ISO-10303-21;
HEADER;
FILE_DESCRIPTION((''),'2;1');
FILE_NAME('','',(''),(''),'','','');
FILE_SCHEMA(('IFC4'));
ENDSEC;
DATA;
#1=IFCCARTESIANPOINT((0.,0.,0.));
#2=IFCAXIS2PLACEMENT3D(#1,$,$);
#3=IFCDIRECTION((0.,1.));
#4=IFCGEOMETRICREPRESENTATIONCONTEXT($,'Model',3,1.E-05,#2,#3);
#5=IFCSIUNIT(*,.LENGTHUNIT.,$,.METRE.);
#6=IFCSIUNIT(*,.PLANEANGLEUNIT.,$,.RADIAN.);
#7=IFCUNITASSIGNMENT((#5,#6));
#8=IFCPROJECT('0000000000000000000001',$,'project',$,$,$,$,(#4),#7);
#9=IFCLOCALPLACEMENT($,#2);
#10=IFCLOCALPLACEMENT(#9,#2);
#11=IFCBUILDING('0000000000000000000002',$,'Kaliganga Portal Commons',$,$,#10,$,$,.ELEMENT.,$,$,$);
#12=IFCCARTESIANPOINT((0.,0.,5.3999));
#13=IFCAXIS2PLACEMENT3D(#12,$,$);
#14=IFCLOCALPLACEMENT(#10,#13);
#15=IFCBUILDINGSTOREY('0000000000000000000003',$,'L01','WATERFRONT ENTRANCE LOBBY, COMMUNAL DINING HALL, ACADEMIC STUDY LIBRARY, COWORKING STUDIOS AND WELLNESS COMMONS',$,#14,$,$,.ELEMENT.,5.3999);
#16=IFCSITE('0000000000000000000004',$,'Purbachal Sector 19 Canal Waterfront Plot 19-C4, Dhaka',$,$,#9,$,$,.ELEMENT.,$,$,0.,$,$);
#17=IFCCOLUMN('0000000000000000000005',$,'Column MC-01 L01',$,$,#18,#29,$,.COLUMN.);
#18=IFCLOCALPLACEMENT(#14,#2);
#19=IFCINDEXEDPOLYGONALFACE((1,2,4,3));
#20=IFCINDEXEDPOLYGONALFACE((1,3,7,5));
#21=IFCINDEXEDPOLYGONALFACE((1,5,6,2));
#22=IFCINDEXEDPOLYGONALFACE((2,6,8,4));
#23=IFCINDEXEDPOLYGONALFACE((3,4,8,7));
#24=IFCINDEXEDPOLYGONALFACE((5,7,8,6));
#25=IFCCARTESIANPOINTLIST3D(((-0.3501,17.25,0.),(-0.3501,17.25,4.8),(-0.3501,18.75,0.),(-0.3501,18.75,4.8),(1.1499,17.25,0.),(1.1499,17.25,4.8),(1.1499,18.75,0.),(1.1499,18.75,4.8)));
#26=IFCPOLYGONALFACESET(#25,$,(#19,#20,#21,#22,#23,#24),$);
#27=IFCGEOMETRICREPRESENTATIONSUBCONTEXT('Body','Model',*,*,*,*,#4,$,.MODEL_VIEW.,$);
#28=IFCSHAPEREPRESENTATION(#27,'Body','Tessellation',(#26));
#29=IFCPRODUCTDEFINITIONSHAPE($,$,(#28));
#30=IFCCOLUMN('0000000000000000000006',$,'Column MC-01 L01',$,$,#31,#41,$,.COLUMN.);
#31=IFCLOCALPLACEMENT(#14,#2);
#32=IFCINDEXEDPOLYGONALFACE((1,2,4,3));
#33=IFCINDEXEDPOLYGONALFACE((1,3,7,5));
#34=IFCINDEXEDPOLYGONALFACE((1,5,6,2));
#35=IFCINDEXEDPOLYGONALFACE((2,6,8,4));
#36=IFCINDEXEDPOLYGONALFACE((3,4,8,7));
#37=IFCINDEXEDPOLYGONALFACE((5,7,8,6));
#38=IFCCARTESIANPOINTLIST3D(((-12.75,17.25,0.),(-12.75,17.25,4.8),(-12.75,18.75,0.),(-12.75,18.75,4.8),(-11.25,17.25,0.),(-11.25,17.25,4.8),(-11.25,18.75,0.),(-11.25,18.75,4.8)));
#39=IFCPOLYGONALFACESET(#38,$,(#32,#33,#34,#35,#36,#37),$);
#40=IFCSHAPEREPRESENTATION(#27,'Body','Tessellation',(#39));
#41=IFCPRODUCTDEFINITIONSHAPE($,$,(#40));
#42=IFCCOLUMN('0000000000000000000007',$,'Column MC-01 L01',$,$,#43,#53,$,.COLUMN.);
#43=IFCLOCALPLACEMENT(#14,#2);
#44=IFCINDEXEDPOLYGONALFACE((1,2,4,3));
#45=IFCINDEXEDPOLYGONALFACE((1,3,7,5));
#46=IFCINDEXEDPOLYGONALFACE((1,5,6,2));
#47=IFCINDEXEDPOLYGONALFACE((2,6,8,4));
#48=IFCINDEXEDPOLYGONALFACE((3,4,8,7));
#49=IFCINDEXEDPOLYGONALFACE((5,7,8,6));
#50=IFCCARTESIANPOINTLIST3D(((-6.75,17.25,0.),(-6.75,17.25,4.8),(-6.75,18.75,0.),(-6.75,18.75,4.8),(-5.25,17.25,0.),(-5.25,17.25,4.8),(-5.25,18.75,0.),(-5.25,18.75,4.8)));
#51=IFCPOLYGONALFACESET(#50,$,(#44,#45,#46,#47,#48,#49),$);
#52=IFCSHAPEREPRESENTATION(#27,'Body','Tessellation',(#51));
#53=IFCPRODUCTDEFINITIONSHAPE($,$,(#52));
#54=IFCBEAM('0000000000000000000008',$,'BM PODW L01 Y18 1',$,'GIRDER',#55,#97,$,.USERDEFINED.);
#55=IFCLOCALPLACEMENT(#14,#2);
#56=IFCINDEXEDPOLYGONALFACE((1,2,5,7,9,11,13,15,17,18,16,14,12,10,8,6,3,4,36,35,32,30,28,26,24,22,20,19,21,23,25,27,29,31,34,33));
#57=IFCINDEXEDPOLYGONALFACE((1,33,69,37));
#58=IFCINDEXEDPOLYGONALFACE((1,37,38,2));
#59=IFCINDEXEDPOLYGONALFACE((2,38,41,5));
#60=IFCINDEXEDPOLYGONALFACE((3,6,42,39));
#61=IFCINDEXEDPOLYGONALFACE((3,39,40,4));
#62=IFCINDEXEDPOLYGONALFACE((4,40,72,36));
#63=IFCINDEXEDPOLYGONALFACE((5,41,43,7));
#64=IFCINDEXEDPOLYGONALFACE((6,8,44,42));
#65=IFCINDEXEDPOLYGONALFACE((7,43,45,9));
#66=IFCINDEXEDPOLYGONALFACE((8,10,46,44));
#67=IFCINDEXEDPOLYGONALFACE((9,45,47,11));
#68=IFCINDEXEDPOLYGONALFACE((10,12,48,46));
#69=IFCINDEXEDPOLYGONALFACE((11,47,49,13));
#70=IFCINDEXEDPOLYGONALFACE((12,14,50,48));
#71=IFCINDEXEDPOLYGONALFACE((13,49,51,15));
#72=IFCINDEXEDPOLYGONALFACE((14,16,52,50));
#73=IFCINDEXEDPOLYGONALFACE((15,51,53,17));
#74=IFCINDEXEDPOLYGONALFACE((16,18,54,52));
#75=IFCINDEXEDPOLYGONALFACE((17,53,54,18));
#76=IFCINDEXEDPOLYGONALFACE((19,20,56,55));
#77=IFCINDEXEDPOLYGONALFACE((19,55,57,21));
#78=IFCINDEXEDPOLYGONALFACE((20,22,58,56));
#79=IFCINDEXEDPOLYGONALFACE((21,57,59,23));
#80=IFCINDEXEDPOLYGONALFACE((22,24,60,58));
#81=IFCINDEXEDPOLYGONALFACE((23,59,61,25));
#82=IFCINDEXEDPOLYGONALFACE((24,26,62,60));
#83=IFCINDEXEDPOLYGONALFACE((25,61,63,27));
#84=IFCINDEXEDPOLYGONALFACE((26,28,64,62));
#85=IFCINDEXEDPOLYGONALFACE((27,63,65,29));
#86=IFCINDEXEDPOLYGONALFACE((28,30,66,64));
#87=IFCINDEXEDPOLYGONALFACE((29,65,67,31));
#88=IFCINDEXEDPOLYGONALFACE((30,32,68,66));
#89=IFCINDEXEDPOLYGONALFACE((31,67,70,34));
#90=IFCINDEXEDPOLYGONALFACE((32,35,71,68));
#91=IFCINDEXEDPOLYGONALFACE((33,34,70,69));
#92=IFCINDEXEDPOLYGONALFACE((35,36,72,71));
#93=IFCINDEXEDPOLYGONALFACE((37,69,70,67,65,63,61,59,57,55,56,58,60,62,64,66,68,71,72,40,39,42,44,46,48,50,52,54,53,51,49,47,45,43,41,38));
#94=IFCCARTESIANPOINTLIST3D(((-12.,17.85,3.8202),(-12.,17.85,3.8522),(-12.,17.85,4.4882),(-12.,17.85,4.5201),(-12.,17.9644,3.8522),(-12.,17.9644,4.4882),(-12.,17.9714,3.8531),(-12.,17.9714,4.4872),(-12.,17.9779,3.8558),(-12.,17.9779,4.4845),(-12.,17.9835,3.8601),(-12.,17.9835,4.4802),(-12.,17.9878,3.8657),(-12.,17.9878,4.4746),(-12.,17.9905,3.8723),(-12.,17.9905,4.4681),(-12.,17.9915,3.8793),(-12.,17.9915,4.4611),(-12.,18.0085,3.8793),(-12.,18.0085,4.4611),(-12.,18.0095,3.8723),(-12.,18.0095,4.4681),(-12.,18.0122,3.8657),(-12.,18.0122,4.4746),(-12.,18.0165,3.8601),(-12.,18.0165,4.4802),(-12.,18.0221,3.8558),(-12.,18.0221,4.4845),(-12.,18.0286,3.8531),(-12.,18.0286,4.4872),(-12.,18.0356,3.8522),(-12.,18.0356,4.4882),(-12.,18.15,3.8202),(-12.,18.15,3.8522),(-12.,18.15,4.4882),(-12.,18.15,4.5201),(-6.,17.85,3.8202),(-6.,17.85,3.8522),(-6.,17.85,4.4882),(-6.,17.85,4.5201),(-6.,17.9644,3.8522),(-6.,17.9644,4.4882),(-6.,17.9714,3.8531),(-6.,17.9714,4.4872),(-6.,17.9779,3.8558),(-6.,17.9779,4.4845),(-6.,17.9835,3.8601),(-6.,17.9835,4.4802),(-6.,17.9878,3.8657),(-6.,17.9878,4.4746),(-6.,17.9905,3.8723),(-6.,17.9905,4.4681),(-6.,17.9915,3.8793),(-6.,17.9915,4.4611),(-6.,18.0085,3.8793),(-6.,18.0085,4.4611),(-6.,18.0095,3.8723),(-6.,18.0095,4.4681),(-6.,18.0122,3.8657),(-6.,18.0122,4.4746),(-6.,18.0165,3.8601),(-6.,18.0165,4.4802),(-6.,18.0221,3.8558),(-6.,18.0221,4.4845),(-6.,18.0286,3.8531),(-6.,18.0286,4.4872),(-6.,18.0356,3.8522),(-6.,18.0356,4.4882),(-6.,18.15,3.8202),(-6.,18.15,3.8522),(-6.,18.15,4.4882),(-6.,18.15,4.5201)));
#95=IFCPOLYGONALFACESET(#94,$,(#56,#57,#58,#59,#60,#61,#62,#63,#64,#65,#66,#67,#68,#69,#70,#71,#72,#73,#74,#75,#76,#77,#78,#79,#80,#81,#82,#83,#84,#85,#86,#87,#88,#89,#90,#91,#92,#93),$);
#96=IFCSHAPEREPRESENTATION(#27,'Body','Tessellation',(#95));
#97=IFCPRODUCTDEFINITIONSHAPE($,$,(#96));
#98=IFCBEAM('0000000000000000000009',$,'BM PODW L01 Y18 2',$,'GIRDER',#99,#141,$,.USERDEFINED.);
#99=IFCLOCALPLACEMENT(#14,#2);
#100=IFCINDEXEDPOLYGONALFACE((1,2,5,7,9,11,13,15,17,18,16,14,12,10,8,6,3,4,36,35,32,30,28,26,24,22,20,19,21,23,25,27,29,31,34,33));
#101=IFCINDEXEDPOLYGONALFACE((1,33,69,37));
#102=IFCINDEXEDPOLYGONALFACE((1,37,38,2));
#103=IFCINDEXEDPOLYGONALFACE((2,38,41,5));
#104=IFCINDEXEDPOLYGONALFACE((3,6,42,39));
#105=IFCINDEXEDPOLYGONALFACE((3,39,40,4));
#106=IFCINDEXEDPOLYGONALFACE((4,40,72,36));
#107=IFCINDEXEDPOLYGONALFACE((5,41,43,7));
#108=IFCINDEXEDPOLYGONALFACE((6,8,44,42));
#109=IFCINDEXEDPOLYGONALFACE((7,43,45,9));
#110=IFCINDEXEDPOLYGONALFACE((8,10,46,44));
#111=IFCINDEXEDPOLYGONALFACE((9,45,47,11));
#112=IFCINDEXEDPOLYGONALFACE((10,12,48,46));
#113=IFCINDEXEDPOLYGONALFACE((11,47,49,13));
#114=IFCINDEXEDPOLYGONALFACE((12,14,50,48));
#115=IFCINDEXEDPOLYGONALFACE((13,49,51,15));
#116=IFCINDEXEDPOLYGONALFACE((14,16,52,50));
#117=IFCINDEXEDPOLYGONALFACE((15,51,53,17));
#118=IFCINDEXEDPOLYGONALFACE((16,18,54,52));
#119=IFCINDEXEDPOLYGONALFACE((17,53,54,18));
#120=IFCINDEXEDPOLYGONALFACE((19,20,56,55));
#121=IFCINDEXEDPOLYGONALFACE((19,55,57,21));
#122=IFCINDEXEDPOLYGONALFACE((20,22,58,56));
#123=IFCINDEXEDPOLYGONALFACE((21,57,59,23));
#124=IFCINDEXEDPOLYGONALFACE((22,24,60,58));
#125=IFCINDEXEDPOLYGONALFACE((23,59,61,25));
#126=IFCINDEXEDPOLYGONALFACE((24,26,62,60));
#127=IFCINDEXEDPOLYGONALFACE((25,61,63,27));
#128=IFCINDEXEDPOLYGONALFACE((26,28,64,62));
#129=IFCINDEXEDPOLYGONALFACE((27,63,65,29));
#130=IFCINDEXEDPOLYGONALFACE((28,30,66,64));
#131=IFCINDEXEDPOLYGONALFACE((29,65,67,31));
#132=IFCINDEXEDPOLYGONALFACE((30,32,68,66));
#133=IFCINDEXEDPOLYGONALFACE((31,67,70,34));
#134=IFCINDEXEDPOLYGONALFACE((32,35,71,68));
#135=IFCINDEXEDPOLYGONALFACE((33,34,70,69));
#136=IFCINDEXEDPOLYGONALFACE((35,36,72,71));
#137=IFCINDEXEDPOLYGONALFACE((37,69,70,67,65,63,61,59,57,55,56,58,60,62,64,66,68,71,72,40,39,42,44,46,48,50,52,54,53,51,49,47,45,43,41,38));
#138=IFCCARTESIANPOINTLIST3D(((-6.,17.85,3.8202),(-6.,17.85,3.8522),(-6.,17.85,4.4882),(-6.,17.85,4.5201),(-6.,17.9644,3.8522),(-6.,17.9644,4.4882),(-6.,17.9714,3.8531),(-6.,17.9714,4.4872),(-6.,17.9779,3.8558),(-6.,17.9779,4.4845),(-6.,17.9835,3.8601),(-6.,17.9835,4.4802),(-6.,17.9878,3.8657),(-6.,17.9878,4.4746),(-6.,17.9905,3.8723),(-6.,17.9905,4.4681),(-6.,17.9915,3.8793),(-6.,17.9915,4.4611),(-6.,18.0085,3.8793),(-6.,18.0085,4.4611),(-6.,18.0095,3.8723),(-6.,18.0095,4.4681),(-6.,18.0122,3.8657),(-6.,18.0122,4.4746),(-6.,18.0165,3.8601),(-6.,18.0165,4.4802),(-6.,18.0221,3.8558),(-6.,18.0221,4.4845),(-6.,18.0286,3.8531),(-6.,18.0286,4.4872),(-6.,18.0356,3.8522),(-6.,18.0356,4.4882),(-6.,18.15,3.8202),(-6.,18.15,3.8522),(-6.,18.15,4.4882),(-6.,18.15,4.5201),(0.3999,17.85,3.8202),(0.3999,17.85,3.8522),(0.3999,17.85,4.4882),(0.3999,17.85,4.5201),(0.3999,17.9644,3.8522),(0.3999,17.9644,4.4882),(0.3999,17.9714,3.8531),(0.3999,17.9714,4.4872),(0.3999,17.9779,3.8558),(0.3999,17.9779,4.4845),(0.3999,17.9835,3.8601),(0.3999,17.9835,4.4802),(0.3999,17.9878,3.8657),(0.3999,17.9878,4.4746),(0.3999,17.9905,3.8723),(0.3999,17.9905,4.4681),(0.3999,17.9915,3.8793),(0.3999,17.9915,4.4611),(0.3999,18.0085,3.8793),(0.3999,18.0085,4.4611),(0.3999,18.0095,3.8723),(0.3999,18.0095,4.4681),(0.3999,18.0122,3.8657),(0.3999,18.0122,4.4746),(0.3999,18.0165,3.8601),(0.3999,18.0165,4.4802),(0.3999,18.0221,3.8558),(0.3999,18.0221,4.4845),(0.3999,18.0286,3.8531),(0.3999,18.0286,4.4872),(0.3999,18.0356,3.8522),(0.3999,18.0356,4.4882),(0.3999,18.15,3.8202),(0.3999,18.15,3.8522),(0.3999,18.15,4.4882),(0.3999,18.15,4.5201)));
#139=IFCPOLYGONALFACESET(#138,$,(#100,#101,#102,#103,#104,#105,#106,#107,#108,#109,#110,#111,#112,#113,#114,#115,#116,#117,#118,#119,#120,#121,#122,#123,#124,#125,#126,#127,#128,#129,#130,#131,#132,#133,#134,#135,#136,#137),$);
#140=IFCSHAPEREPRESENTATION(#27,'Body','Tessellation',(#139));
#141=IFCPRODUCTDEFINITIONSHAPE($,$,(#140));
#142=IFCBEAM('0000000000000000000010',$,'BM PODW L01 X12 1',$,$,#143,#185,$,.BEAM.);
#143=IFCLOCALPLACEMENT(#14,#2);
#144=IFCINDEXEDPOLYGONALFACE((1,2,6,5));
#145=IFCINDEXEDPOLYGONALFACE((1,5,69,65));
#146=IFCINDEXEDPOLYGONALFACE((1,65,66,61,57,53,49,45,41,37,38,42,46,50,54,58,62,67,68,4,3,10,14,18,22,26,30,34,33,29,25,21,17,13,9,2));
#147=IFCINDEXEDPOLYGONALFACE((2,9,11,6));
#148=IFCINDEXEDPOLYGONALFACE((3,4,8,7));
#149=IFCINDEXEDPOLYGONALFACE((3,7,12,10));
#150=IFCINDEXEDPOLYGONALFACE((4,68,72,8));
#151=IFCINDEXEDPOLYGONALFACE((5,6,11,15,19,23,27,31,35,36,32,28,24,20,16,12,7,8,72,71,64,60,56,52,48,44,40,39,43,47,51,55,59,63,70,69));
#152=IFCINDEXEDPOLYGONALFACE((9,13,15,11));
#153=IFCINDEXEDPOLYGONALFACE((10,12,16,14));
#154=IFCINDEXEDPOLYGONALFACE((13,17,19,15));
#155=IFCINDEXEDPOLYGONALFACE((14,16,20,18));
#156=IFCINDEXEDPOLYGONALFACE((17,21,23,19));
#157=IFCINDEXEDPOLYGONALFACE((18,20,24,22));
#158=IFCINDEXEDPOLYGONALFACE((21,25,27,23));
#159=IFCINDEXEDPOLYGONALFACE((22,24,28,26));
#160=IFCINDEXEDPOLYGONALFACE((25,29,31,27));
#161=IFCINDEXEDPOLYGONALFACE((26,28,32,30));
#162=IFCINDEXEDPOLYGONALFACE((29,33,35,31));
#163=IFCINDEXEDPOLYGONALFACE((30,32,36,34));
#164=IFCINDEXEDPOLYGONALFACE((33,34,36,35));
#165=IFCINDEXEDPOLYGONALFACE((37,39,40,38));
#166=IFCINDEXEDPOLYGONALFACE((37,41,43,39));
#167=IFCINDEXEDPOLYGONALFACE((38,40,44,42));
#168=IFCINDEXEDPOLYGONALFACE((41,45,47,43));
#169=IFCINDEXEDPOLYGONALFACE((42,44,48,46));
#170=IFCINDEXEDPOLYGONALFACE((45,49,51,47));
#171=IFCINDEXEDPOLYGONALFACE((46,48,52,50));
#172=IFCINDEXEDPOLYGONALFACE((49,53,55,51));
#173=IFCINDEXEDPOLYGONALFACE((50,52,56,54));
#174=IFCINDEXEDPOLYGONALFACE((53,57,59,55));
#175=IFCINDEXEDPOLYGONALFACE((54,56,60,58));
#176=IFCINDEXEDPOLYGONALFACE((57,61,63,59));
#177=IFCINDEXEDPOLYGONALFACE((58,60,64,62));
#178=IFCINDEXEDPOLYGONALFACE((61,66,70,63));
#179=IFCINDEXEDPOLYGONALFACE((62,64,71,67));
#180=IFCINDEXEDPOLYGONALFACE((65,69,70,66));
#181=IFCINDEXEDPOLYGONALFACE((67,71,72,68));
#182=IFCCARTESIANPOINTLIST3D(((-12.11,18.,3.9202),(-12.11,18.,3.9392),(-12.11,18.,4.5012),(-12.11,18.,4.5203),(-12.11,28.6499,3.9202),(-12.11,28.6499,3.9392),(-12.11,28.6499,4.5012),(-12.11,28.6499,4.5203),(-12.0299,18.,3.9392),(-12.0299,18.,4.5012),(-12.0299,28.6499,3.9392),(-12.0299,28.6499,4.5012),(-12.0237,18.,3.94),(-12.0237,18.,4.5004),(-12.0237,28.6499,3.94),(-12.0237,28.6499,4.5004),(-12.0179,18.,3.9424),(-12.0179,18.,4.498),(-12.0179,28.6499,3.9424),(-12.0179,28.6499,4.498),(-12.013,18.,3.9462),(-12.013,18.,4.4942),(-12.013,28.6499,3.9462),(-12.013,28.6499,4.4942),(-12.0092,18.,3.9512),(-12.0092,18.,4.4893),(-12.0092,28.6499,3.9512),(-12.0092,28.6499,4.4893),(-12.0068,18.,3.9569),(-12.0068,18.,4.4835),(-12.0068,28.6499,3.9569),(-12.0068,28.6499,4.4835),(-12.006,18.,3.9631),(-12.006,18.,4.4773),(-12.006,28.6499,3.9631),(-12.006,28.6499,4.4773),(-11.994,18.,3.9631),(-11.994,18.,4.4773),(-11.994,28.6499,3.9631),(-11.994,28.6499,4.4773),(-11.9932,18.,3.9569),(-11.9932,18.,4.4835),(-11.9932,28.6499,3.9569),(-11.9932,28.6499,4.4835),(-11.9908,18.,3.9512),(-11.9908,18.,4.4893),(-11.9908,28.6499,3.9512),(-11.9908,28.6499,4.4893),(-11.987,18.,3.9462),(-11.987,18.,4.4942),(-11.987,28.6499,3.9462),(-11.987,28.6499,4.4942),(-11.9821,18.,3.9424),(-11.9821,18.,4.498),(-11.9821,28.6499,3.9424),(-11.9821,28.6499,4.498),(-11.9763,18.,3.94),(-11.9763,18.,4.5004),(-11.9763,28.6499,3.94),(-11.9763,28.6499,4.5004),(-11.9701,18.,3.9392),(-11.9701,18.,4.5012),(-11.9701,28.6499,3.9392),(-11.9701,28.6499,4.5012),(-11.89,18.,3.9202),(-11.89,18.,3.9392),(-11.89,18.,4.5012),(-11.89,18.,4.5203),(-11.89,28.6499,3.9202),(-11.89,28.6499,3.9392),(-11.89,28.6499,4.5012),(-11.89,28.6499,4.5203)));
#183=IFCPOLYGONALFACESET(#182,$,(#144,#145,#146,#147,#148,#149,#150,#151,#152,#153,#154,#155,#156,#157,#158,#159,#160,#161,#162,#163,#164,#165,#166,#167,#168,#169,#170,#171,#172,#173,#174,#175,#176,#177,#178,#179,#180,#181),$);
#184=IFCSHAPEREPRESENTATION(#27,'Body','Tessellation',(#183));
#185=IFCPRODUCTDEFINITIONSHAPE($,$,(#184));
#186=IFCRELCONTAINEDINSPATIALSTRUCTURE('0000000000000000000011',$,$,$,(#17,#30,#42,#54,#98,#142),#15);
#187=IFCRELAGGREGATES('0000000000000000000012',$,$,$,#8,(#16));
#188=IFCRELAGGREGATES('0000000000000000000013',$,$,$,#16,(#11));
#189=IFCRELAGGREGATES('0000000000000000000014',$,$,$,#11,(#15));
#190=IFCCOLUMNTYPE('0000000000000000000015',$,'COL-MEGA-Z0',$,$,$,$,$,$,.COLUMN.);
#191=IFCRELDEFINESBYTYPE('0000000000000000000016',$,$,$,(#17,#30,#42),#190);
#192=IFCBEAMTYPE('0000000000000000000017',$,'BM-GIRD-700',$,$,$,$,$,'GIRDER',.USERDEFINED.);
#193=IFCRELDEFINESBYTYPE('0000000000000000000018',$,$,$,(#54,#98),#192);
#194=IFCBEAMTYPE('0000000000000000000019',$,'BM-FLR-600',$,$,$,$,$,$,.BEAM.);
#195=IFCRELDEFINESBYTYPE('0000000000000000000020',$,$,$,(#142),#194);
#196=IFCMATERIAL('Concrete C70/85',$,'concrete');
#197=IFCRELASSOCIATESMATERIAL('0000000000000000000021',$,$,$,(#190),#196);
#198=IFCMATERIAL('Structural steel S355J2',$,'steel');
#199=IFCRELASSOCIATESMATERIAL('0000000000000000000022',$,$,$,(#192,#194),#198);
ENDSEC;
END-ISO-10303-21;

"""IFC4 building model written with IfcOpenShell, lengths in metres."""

from ifc_helpers import new_model, si_unit, direction, frame, origin, origin_2d, place, context, subcontext, project, spatial, rectangle, i_section, extrude, source, transform, mapped, material, material_profile, profile_set, type_object, element, save


model = new_model("IFC4")

# Units and contexts
model_context = context("Model", 3, precision=1e-05, world=origin(), true_north=direction((0.0, 1.0)))
body_context = subcontext(model_context, "Body", "Model", "MODEL_VIEW")
ifc_project = project(units=[si_unit("LENGTHUNIT", "METRE"), si_unit("PLANEANGLEUNIT", "RADIAN")], contexts=[model_context])

# Site, building, storey
site_placement = place(None, origin())
site = spatial("IfcSite", under=ifc_project, at=site_placement, Name="Purbachal Sector 19 Canal Waterfront Plot 19-C4, Dhaka", CompositionType="ELEMENT", RefElevation=0.0)
building_placement = place(site_placement, origin())
building = spatial("IfcBuilding", under=site, at=building_placement, Name="Kaliganga Portal Commons", CompositionType="ELEMENT")
storey_placement = place(building_placement, frame((0.0, 0.0, 5.3999)))
storey = spatial("IfcBuildingStorey", under=building, at=storey_placement, Name="L01", Description="WATERFRONT ENTRANCE LOBBY, COMMUNAL DINING HALL, ACADEMIC STUDY LIBRARY, COWORKING STUDIOS AND WELLNESS COMMONS", CompositionType="ELEMENT", Elevation=5.3999)

# Columns
ifc_material_1 = material(Name="Concrete C70/85", Category="concrete")
ifc_material_profile_1 = material_profile(ifc_material_1, rectangle(XDim=1.5, YDim=1.5, at=origin_2d()), Name="RC 1500x1500")
ifc_profile_set_1 = profile_set([ifc_material_profile_1], Name="Concrete C70/85")
column_type = type_object("IfcColumnType", Name="COL-MEGA-Z0", PredefinedType="COLUMN", material=ifc_profile_set_1)
shared_shape_1 = source(origin(), body_context, "Body", "SweptSolid", [
    extrude(rectangle(XDim=1.5, YDim=1.5, at=origin_2d()), origin(), (0.0, 0.0, 1.0), 4.8),
])
for number, where, z_axis, x_axis, name in (
    (1, (0.3999, 18.0, 0.0), (0.0, 0.0, 1.0), (1.0, 0.0, 0.0), "Column MC-01 L01"),
    (2, (-12.0, 18.0, 0.0), (0.0, 0.0, 1.0), (1.0, 0.0, 0.0), "Column MC-01 L01"),
    (3, (-6.0, 18.0, 0.0), (0.0, 0.0, 1.0), (1.0, 0.0, 0.0), "Column MC-01 L01"),
):
    element("IfcColumn", number, at=place(storey_placement, frame(where, z_axis=z_axis, x_axis=x_axis)), inside=storey, type_object=column_type, Name=name, PredefinedType="COLUMN", context=body_context, shape_type="MappedRepresentation", body=[
        mapped(shared_shape_1, transform((0.0, 0.0, 0.0), x_axis=(1.0, 0.0, 0.0), y_axis=(0.0, 1.0, 0.0), z_axis=(0.0, 0.0, 1.0), scale=1.0)),
    ])

# Beams
ifc_material_2 = material(Name="Structural steel S355J2", Category="steel")
ifc_material_profile_2 = material_profile(ifc_material_2, i_section(OverallWidth=0.3, OverallDepth=0.7, WebThickness=0.0171, FlangeThickness=0.032, FilletRadius=0.0271, at=origin_2d()), Name="HE 700 B")
ifc_profile_set_2 = profile_set([ifc_material_profile_2], Name="Structural steel S355J2 wide-flange")
beam_type_1 = type_object("IfcBeamType", Name="BM-GIRD-700", ElementType="GIRDER", PredefinedType="USERDEFINED", material=ifc_profile_set_2)
shared_shape_2 = source(origin(), body_context, "Body", "SweptSolid", [
    extrude(i_section(OverallWidth=0.3, OverallDepth=0.7, WebThickness=0.0171, FlangeThickness=0.032, FilletRadius=0.0271, at=origin_2d()), origin(), (0.0, 0.0, 1.0), 6.0),
])
beam_1_placement = place(storey_placement, frame((-12.0, 18.0, 4.1702), z_axis=(1.0, 0.0, 0.0), x_axis=(0.0, 1.0, 0.0)))
element("IfcBeam", 4, at=beam_1_placement, inside=storey, type_object=beam_type_1, Name="BM PODW L01 Y18 1", ObjectType="GIRDER", PredefinedType="USERDEFINED", context=body_context, shape_type="MappedRepresentation", body=[
    mapped(shared_shape_2, transform((0.0, 0.0, 0.0), x_axis=(1.0, 0.0, 0.0), y_axis=(0.0, 1.0, 0.0), z_axis=(0.0, 0.0, 1.0), scale=1.0)),
])
shared_shape_3 = source(origin(), body_context, "Body", "SweptSolid", [
    extrude(i_section(OverallWidth=0.3, OverallDepth=0.7, WebThickness=0.0171, FlangeThickness=0.032, FilletRadius=0.0271, at=origin_2d()), origin(), (0.0, 0.0, 1.0), 6.3999),
])
beam_2_placement = place(storey_placement, frame((-6.0, 18.0, 4.1702), z_axis=(1.0, 0.0, 0.0), x_axis=(0.0, 1.0, 0.0)))
element("IfcBeam", 5, at=beam_2_placement, inside=storey, type_object=beam_type_1, Name="BM PODW L01 Y18 2", ObjectType="GIRDER", PredefinedType="USERDEFINED", context=body_context, shape_type="MappedRepresentation", body=[
    mapped(shared_shape_3, transform((0.0, 0.0, 0.0), x_axis=(1.0, 0.0, 0.0), y_axis=(0.0, 1.0, 0.0), z_axis=(0.0, 0.0, 1.0), scale=1.0)),
])
ifc_material_profile_3 = material_profile(ifc_material_2, i_section(OverallWidth=0.22, OverallDepth=0.6001, WebThickness=0.012, FlangeThickness=0.019, FilletRadius=0.0239, at=origin_2d()), Name="IPE 600")
ifc_profile_set_3 = profile_set([ifc_material_profile_3], Name="Structural steel S355J2 wide-flange")
beam_type_2 = type_object("IfcBeamType", Name="BM-FLR-600", PredefinedType="BEAM", material=ifc_profile_set_3)
shared_shape_4 = source(origin(), body_context, "Body", "SweptSolid", [
    extrude(i_section(OverallWidth=0.22, OverallDepth=0.6001, WebThickness=0.012, FlangeThickness=0.019, FilletRadius=0.0239, at=origin_2d()), origin(), (0.0, 0.0, 1.0), 10.6499),
])
for number, where, z_axis, x_axis, name in (
    (6, (-12.0, 18.0, 4.2202), (0.0, 1.0, 0.0), (-1.0, 0.0, 0.0), "BM PODW L01 X12 1"),
):
    element("IfcBeam", number, at=place(storey_placement, frame(where, z_axis=z_axis, x_axis=x_axis)), inside=storey, type_object=beam_type_2, Name=name, PredefinedType="BEAM", context=body_context, shape_type="MappedRepresentation", body=[
        mapped(shared_shape_4, transform((0.0, 0.0, 0.0), x_axis=(1.0, 0.0, 0.0), y_axis=(0.0, 1.0, 0.0), z_axis=(0.0, 0.0, 1.0), scale=1.0)),
    ])

save(model, "model.ifc")
